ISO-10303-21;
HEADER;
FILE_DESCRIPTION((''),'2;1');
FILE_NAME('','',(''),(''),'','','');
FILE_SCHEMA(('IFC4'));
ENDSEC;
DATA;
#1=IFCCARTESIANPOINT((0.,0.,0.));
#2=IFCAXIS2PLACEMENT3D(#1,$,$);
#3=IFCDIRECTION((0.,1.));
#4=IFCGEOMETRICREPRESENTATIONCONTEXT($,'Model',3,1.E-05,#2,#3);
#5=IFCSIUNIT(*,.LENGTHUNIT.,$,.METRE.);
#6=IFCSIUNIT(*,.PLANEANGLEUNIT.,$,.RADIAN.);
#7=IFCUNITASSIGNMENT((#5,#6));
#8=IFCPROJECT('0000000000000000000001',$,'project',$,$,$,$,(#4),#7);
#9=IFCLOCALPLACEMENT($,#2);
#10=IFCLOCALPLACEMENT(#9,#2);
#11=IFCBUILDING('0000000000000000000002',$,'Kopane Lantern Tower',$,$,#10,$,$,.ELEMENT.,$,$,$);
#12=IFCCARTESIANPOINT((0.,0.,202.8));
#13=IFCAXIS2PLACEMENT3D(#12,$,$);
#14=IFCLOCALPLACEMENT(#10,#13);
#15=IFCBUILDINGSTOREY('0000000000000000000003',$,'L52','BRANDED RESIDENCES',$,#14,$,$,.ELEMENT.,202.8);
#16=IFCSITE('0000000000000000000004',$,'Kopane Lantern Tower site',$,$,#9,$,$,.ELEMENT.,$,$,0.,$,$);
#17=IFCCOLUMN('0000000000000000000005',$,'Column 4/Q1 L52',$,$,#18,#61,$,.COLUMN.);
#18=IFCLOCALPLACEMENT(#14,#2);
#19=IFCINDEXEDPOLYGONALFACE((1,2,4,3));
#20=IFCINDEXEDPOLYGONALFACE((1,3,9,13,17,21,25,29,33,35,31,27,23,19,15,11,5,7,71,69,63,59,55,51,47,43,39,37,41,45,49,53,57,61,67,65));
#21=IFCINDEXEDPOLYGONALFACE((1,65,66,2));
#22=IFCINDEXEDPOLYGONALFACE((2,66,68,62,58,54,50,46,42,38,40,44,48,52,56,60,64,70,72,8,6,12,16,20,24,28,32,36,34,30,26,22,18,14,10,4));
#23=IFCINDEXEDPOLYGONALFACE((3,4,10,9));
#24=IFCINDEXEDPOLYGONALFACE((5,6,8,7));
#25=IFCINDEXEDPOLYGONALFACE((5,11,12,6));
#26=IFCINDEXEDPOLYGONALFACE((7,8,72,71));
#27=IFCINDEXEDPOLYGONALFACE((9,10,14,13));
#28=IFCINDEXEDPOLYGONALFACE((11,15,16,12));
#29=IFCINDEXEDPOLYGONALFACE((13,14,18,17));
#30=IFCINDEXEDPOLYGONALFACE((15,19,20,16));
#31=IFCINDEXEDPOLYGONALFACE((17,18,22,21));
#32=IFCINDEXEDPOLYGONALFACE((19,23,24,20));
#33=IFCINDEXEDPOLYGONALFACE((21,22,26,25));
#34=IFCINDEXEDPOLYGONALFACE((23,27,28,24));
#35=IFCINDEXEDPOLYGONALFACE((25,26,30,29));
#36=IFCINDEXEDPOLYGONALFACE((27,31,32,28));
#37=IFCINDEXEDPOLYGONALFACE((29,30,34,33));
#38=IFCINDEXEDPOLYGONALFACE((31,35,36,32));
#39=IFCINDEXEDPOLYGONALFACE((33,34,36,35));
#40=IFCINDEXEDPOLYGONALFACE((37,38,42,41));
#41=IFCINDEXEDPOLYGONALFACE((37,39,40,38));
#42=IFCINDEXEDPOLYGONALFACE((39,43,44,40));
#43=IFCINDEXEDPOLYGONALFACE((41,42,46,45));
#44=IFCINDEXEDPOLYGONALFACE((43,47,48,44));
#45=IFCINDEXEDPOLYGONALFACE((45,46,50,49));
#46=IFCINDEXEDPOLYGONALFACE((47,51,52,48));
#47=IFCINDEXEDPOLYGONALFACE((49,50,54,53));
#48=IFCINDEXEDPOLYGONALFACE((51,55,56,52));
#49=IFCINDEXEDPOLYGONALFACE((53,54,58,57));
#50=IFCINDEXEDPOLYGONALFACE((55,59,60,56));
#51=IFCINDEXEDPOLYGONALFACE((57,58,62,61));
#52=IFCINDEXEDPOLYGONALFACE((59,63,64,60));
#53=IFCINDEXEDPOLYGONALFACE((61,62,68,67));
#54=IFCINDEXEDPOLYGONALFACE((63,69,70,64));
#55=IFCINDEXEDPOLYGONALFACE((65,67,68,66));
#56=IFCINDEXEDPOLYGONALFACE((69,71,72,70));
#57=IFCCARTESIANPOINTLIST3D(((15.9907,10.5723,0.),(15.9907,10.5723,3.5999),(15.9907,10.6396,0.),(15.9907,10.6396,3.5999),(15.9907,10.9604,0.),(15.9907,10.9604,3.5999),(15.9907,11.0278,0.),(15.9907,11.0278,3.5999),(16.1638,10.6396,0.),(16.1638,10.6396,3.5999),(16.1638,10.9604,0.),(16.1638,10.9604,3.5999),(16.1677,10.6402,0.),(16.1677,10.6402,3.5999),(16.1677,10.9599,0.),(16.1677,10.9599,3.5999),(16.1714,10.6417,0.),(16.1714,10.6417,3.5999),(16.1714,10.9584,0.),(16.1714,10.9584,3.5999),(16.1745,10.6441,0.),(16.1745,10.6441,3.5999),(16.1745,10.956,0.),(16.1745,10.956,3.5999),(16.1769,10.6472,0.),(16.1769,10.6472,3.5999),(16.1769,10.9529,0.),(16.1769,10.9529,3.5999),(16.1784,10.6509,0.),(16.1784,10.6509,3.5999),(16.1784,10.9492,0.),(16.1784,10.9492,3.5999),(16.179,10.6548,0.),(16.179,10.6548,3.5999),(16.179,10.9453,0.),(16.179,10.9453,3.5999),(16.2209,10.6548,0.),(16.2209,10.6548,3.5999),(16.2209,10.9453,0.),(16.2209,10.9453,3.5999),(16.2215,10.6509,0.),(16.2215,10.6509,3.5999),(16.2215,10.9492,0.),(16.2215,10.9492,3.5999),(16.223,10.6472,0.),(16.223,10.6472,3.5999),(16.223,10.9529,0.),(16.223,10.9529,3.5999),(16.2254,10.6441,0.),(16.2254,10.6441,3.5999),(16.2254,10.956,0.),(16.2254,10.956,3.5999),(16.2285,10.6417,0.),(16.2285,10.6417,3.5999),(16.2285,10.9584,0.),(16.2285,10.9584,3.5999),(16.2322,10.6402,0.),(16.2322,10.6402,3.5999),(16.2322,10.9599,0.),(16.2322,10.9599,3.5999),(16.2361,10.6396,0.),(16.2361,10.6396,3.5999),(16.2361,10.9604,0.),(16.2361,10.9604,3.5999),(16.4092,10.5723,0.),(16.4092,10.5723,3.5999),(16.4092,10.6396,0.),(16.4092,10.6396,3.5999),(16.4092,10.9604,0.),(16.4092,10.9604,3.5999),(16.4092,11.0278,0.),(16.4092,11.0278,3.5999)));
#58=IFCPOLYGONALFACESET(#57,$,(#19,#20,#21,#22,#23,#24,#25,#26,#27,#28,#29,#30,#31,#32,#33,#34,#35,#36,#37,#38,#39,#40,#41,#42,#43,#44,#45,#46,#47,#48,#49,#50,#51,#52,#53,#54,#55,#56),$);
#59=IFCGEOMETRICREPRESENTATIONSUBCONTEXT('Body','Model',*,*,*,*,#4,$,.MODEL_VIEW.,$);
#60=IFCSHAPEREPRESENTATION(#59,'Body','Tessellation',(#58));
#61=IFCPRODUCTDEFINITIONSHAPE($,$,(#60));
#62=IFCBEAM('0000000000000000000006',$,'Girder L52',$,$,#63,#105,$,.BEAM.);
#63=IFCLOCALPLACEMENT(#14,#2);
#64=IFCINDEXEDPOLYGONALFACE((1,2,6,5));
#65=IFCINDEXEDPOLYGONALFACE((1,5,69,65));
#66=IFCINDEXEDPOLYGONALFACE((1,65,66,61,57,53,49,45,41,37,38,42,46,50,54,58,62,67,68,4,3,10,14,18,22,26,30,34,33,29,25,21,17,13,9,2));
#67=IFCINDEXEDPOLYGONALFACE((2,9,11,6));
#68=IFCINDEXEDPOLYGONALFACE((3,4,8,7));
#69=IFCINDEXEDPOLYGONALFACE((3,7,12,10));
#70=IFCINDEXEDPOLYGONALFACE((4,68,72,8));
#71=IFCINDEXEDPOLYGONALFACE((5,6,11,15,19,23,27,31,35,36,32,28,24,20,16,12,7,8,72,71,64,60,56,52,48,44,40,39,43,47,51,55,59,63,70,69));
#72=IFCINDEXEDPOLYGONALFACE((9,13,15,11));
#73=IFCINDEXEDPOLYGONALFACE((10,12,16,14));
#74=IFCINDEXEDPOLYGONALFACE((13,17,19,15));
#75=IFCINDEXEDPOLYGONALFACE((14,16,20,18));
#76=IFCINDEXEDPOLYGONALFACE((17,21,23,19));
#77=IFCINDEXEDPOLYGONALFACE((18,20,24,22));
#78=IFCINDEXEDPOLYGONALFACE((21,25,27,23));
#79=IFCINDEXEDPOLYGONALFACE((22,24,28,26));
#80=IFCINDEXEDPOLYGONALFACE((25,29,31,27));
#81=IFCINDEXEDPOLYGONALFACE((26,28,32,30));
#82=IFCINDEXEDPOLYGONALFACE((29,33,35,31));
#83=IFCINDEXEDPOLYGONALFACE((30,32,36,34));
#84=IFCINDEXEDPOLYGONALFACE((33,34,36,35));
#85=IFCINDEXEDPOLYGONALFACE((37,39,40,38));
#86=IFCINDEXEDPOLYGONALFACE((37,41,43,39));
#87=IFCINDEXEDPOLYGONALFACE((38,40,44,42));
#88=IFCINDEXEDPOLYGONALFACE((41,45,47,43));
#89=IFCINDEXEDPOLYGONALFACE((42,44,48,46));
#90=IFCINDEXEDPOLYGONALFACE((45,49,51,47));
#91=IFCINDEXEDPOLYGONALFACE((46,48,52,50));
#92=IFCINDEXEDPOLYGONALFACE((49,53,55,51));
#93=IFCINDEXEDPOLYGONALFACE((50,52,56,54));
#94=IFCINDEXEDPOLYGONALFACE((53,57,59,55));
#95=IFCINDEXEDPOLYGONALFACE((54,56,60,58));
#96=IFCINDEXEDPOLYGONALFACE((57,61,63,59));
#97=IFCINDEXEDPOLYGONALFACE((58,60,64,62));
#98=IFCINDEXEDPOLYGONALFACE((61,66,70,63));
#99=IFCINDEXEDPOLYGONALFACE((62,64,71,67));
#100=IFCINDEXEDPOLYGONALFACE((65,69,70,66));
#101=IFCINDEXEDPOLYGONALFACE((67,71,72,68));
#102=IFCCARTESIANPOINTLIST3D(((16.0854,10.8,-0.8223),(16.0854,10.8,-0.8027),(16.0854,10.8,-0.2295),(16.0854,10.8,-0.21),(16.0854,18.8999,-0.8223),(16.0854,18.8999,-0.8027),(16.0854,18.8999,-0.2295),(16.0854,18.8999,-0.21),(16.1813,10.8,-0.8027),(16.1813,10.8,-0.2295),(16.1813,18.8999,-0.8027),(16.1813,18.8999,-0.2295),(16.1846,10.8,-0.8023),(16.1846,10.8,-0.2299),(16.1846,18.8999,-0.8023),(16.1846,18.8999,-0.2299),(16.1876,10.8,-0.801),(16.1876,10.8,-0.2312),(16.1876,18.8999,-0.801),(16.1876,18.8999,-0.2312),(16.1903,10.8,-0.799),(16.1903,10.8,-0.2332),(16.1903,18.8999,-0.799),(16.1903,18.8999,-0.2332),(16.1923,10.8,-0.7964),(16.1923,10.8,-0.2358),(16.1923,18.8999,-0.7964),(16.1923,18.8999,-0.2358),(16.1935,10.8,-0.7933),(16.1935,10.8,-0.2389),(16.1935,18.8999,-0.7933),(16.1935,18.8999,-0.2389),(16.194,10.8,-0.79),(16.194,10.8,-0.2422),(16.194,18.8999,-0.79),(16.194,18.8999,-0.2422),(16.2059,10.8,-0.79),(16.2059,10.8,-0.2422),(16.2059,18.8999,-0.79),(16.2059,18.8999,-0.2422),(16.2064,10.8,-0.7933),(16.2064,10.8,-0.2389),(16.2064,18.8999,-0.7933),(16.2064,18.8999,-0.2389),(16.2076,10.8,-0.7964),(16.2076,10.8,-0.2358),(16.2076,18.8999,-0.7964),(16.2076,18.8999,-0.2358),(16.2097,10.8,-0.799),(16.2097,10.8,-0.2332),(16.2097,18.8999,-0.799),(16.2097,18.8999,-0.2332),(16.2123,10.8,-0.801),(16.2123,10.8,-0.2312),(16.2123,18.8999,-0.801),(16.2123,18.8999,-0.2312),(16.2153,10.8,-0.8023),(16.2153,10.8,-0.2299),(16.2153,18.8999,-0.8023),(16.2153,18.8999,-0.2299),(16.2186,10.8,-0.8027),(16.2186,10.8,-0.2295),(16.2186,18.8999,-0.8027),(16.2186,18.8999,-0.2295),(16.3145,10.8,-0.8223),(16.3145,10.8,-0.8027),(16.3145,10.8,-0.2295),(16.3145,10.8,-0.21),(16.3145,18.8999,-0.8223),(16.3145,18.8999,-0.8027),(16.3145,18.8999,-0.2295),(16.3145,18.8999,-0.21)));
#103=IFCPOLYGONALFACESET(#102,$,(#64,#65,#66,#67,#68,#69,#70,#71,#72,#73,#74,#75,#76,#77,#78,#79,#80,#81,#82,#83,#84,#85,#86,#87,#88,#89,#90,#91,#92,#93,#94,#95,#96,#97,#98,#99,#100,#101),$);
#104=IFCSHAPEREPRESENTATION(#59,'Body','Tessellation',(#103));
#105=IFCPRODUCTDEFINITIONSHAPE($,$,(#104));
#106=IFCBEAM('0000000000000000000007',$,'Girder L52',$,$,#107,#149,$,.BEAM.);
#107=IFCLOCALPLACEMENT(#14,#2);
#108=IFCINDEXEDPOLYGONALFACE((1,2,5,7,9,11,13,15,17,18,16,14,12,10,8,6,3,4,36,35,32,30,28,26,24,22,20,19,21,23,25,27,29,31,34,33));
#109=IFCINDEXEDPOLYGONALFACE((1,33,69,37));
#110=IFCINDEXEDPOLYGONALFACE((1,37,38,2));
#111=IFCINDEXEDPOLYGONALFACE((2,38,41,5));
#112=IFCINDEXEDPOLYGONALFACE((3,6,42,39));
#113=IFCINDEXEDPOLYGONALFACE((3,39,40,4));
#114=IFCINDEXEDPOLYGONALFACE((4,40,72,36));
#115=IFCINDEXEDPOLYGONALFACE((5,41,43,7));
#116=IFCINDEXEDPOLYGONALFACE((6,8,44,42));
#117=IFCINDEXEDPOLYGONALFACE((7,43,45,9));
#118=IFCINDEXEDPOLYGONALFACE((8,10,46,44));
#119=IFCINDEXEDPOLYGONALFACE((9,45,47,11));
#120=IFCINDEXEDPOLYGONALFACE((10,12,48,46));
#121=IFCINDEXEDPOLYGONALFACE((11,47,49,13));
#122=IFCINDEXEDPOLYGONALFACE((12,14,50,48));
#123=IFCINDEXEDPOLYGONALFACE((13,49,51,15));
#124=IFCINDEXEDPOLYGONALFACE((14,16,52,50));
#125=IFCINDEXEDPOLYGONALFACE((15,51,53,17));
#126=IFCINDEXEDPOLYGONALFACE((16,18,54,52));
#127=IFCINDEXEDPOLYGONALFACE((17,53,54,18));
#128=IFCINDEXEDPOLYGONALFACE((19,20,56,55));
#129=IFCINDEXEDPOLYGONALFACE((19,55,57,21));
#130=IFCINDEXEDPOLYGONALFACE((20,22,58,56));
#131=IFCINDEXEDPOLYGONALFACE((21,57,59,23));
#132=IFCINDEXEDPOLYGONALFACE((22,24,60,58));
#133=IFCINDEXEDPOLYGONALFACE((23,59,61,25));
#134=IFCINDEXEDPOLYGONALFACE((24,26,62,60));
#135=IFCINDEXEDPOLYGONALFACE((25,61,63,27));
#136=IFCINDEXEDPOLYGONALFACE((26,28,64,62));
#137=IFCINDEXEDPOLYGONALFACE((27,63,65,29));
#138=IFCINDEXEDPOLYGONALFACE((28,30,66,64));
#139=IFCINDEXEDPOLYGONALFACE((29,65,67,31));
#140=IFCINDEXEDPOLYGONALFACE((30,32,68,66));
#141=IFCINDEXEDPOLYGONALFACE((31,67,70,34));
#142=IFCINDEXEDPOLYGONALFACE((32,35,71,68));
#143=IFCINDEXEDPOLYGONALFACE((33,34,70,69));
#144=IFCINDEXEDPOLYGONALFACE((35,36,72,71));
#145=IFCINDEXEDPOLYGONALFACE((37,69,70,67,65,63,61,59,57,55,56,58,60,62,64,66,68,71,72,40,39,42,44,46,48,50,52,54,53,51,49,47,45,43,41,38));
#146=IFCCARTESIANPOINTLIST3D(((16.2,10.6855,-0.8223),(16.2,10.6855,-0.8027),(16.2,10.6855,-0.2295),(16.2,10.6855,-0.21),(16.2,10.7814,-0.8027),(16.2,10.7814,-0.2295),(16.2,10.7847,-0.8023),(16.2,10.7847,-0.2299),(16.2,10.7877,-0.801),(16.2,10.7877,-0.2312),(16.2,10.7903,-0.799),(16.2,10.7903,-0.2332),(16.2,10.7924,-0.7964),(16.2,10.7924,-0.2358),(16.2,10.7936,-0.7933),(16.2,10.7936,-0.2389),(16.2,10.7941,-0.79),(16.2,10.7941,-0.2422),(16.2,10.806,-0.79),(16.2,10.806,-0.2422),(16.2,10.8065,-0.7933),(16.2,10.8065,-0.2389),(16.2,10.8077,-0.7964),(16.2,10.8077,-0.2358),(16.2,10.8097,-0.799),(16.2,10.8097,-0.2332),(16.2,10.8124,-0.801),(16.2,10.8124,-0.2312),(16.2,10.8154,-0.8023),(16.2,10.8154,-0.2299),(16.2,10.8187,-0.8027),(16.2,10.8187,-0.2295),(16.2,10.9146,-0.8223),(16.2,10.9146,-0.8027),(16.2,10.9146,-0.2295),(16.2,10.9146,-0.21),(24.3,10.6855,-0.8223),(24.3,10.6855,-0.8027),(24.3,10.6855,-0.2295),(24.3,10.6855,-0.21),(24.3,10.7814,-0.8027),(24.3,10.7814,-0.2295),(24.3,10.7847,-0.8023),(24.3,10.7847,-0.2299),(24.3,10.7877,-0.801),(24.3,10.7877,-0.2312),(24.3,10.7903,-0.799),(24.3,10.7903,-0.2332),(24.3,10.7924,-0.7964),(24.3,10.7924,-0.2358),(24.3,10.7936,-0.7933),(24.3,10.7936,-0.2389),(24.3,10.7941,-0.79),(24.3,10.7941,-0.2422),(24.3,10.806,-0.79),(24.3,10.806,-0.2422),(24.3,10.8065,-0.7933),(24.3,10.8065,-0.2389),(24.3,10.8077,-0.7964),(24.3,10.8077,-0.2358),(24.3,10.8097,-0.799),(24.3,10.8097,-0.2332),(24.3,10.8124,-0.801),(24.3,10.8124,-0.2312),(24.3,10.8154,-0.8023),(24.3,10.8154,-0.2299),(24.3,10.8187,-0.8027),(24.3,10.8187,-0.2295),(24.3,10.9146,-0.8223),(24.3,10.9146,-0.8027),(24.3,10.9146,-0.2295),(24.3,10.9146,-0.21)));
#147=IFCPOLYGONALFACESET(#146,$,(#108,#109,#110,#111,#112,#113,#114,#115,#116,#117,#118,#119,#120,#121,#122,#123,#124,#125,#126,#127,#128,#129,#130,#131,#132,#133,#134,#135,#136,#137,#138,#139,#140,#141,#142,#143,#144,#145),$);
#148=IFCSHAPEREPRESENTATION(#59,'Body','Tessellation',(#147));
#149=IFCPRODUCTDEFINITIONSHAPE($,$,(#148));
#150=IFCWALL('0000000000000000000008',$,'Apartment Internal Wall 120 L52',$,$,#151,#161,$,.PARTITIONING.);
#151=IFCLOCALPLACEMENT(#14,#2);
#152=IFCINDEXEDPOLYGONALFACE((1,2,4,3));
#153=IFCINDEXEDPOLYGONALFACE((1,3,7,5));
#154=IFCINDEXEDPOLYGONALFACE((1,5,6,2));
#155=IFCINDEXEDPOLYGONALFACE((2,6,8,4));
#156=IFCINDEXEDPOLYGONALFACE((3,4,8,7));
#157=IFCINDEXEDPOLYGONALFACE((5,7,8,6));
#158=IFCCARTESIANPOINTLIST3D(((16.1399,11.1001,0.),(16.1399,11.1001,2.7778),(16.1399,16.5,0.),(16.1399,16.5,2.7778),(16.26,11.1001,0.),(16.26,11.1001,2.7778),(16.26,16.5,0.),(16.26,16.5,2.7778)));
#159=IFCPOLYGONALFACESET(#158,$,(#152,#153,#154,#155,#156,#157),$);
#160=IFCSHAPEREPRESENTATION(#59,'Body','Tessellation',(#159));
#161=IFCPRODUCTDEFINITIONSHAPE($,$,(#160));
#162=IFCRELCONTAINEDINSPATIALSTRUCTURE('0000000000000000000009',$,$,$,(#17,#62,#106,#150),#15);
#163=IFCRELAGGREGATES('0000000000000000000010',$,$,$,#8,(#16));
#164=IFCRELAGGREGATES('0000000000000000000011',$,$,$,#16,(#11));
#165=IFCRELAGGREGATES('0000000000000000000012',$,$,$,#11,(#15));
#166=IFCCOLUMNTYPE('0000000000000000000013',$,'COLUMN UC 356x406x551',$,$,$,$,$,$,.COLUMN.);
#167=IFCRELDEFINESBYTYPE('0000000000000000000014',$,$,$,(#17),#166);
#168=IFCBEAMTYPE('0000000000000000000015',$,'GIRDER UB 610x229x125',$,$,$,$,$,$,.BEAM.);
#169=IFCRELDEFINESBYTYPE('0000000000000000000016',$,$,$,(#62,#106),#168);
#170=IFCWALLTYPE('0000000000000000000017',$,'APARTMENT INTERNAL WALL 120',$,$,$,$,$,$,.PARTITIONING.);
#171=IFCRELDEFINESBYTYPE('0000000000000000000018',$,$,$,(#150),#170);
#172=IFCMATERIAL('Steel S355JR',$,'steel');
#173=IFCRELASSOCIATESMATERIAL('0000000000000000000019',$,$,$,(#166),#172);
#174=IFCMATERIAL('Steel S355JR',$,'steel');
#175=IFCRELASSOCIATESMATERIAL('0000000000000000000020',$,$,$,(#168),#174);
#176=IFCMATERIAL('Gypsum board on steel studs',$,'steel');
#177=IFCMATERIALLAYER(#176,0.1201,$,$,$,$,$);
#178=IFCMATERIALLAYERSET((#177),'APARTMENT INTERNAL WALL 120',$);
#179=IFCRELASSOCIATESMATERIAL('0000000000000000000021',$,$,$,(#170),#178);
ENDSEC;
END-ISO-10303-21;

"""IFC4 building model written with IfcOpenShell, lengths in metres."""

from ifc_helpers import new_model, si_unit, direction, frame, frame_2d, origin, origin_2d, place, context, subcontext, project, spatial, rectangle, i_section, extrude, material, layer, layer_set, material_profile, profile_set, type_object, element, save


model = new_model("IFC4")

# Units and contexts
model_context = context("Model", 3, precision=1e-05, world=origin(), true_north=direction((0.0, 1.0)))
body_context = subcontext(model_context, "Body", "Model", "MODEL_VIEW")
ifc_project = project(units=[si_unit("LENGTHUNIT", "METRE"), si_unit("PLANEANGLEUNIT", "RADIAN")], contexts=[model_context])

# Site, building, storey
site_placement = place(None, origin())
site = spatial("IfcSite", under=ifc_project, at=site_placement, Name="Kopane Lantern Tower site", CompositionType="ELEMENT", RefElevation=0.0)
building_placement = place(site_placement, origin())
building = spatial("IfcBuilding", under=site, at=building_placement, Name="Kopane Lantern Tower", CompositionType="ELEMENT")
storey_placement = place(building_placement, frame((0.0, 0.0, 202.8)))
storey = spatial("IfcBuildingStorey", under=building, at=storey_placement, Name="L52", Description="BRANDED RESIDENCES", CompositionType="ELEMENT", Elevation=202.8)

# Column
ifc_material_1 = material(Name="Steel S355JR", Category="steel")
ifc_material_profile_1 = material_profile(ifc_material_1, i_section(OverallWidth=0.4185, OverallDepth=0.4556, WebThickness=0.042, FlangeThickness=0.0674, FilletRadius=0.0151, at=origin_2d()), Name="UC 356x406x551")
ifc_profile_set_1 = profile_set([ifc_material_profile_1], Name="Steel S355JR")
column_type = type_object("IfcColumnType", Name="COLUMN UC 356x406x551", PredefinedType="COLUMN", material=ifc_profile_set_1)
column_placement = place(storey_placement, frame((16.2, 10.8, 0.0), z_axis=(0.0, 0.0, 1.0), x_axis=(1.0, 0.0, 0.0)))
element("IfcColumn", 1, at=column_placement, inside=storey, type_object=column_type, Name="Column 4/Q1 L52", PredefinedType="COLUMN", context=body_context, shape_type="SweptSolid", body=[
    extrude(i_section(OverallWidth=0.4185, OverallDepth=0.4556, WebThickness=0.042, FlangeThickness=0.0674, FilletRadius=0.0151, at=origin_2d()), origin(), (0.0, 0.0, 1.0), 3.5999),
])

# Beams
ifc_material_2 = material(Name="Steel S355JR", Category="steel")
ifc_material_profile_2 = material_profile(ifc_material_2, i_section(OverallWidth=0.229, OverallDepth=0.6123, WebThickness=0.012, FlangeThickness=0.0195, FilletRadius=0.0127, at=origin_2d()), Name="UB 610x229x125")
ifc_profile_set_2 = profile_set([ifc_material_profile_2], Name="Steel S355JR")
beam_type = type_object("IfcBeamType", Name="GIRDER UB 610x229x125", PredefinedType="BEAM", material=ifc_profile_set_2)
beam_1_placement = place(storey_placement, frame((16.2, 10.8, -0.5161), z_axis=(0.0, 1.0, 0.0), x_axis=(-1.0, 0.0, 0.0)))
element("IfcBeam", 2, at=beam_1_placement, inside=storey, type_object=beam_type, Name="Girder L52", PredefinedType="BEAM", context=body_context, shape_type="SweptSolid", body=[
    extrude(i_section(OverallWidth=0.229, OverallDepth=0.6123, WebThickness=0.012, FlangeThickness=0.0195, FilletRadius=0.0127, at=origin_2d()), origin(), (0.0, 0.0, 1.0), 8.0999),
])
beam_2_placement = place(storey_placement, frame((16.2, 10.8, -0.5161), z_axis=(1.0, 0.0, 0.0), x_axis=(0.0, 1.0, 0.0)))
element("IfcBeam", 3, at=beam_2_placement, inside=storey, type_object=beam_type, Name="Girder L52", PredefinedType="BEAM", context=body_context, shape_type="SweptSolid", body=[
    extrude(i_section(OverallWidth=0.229, OverallDepth=0.6123, WebThickness=0.012, FlangeThickness=0.0195, FilletRadius=0.0127, at=origin_2d()), origin(), (0.0, 0.0, 1.0), 8.1001),
])

# Wall
ifc_material_3 = material(Name="Gypsum board on steel studs", Category="steel")
ifc_layer_1 = layer(ifc_material_3, 0.1201)
ifc_layer_set_1 = layer_set([ifc_layer_1], Name="APARTMENT INTERNAL WALL 120")
wall_type_1 = type_object("IfcWallType", Name="APARTMENT INTERNAL WALL 120", PredefinedType="PARTITIONING", material=ifc_layer_set_1)
wall_1_placement = place(storey_placement, frame((16.2, 16.5, 0.0), z_axis=(0.0, 0.0, 1.0), x_axis=(0.0, -1.0, 0.0)))
element("IfcWall", 4, at=wall_1_placement, inside=storey, type_object=wall_type_1, Name="Apartment Internal Wall 120 L52", PredefinedType="PARTITIONING", context=body_context, shape_type="SweptSolid", body=[
    extrude(rectangle(XDim=5.3999, YDim=0.1201, at=frame_2d((2.7, 0.0))), origin(), (0.0, 0.0, 1.0), 2.7778),
])

save(model, "model.ifc")
